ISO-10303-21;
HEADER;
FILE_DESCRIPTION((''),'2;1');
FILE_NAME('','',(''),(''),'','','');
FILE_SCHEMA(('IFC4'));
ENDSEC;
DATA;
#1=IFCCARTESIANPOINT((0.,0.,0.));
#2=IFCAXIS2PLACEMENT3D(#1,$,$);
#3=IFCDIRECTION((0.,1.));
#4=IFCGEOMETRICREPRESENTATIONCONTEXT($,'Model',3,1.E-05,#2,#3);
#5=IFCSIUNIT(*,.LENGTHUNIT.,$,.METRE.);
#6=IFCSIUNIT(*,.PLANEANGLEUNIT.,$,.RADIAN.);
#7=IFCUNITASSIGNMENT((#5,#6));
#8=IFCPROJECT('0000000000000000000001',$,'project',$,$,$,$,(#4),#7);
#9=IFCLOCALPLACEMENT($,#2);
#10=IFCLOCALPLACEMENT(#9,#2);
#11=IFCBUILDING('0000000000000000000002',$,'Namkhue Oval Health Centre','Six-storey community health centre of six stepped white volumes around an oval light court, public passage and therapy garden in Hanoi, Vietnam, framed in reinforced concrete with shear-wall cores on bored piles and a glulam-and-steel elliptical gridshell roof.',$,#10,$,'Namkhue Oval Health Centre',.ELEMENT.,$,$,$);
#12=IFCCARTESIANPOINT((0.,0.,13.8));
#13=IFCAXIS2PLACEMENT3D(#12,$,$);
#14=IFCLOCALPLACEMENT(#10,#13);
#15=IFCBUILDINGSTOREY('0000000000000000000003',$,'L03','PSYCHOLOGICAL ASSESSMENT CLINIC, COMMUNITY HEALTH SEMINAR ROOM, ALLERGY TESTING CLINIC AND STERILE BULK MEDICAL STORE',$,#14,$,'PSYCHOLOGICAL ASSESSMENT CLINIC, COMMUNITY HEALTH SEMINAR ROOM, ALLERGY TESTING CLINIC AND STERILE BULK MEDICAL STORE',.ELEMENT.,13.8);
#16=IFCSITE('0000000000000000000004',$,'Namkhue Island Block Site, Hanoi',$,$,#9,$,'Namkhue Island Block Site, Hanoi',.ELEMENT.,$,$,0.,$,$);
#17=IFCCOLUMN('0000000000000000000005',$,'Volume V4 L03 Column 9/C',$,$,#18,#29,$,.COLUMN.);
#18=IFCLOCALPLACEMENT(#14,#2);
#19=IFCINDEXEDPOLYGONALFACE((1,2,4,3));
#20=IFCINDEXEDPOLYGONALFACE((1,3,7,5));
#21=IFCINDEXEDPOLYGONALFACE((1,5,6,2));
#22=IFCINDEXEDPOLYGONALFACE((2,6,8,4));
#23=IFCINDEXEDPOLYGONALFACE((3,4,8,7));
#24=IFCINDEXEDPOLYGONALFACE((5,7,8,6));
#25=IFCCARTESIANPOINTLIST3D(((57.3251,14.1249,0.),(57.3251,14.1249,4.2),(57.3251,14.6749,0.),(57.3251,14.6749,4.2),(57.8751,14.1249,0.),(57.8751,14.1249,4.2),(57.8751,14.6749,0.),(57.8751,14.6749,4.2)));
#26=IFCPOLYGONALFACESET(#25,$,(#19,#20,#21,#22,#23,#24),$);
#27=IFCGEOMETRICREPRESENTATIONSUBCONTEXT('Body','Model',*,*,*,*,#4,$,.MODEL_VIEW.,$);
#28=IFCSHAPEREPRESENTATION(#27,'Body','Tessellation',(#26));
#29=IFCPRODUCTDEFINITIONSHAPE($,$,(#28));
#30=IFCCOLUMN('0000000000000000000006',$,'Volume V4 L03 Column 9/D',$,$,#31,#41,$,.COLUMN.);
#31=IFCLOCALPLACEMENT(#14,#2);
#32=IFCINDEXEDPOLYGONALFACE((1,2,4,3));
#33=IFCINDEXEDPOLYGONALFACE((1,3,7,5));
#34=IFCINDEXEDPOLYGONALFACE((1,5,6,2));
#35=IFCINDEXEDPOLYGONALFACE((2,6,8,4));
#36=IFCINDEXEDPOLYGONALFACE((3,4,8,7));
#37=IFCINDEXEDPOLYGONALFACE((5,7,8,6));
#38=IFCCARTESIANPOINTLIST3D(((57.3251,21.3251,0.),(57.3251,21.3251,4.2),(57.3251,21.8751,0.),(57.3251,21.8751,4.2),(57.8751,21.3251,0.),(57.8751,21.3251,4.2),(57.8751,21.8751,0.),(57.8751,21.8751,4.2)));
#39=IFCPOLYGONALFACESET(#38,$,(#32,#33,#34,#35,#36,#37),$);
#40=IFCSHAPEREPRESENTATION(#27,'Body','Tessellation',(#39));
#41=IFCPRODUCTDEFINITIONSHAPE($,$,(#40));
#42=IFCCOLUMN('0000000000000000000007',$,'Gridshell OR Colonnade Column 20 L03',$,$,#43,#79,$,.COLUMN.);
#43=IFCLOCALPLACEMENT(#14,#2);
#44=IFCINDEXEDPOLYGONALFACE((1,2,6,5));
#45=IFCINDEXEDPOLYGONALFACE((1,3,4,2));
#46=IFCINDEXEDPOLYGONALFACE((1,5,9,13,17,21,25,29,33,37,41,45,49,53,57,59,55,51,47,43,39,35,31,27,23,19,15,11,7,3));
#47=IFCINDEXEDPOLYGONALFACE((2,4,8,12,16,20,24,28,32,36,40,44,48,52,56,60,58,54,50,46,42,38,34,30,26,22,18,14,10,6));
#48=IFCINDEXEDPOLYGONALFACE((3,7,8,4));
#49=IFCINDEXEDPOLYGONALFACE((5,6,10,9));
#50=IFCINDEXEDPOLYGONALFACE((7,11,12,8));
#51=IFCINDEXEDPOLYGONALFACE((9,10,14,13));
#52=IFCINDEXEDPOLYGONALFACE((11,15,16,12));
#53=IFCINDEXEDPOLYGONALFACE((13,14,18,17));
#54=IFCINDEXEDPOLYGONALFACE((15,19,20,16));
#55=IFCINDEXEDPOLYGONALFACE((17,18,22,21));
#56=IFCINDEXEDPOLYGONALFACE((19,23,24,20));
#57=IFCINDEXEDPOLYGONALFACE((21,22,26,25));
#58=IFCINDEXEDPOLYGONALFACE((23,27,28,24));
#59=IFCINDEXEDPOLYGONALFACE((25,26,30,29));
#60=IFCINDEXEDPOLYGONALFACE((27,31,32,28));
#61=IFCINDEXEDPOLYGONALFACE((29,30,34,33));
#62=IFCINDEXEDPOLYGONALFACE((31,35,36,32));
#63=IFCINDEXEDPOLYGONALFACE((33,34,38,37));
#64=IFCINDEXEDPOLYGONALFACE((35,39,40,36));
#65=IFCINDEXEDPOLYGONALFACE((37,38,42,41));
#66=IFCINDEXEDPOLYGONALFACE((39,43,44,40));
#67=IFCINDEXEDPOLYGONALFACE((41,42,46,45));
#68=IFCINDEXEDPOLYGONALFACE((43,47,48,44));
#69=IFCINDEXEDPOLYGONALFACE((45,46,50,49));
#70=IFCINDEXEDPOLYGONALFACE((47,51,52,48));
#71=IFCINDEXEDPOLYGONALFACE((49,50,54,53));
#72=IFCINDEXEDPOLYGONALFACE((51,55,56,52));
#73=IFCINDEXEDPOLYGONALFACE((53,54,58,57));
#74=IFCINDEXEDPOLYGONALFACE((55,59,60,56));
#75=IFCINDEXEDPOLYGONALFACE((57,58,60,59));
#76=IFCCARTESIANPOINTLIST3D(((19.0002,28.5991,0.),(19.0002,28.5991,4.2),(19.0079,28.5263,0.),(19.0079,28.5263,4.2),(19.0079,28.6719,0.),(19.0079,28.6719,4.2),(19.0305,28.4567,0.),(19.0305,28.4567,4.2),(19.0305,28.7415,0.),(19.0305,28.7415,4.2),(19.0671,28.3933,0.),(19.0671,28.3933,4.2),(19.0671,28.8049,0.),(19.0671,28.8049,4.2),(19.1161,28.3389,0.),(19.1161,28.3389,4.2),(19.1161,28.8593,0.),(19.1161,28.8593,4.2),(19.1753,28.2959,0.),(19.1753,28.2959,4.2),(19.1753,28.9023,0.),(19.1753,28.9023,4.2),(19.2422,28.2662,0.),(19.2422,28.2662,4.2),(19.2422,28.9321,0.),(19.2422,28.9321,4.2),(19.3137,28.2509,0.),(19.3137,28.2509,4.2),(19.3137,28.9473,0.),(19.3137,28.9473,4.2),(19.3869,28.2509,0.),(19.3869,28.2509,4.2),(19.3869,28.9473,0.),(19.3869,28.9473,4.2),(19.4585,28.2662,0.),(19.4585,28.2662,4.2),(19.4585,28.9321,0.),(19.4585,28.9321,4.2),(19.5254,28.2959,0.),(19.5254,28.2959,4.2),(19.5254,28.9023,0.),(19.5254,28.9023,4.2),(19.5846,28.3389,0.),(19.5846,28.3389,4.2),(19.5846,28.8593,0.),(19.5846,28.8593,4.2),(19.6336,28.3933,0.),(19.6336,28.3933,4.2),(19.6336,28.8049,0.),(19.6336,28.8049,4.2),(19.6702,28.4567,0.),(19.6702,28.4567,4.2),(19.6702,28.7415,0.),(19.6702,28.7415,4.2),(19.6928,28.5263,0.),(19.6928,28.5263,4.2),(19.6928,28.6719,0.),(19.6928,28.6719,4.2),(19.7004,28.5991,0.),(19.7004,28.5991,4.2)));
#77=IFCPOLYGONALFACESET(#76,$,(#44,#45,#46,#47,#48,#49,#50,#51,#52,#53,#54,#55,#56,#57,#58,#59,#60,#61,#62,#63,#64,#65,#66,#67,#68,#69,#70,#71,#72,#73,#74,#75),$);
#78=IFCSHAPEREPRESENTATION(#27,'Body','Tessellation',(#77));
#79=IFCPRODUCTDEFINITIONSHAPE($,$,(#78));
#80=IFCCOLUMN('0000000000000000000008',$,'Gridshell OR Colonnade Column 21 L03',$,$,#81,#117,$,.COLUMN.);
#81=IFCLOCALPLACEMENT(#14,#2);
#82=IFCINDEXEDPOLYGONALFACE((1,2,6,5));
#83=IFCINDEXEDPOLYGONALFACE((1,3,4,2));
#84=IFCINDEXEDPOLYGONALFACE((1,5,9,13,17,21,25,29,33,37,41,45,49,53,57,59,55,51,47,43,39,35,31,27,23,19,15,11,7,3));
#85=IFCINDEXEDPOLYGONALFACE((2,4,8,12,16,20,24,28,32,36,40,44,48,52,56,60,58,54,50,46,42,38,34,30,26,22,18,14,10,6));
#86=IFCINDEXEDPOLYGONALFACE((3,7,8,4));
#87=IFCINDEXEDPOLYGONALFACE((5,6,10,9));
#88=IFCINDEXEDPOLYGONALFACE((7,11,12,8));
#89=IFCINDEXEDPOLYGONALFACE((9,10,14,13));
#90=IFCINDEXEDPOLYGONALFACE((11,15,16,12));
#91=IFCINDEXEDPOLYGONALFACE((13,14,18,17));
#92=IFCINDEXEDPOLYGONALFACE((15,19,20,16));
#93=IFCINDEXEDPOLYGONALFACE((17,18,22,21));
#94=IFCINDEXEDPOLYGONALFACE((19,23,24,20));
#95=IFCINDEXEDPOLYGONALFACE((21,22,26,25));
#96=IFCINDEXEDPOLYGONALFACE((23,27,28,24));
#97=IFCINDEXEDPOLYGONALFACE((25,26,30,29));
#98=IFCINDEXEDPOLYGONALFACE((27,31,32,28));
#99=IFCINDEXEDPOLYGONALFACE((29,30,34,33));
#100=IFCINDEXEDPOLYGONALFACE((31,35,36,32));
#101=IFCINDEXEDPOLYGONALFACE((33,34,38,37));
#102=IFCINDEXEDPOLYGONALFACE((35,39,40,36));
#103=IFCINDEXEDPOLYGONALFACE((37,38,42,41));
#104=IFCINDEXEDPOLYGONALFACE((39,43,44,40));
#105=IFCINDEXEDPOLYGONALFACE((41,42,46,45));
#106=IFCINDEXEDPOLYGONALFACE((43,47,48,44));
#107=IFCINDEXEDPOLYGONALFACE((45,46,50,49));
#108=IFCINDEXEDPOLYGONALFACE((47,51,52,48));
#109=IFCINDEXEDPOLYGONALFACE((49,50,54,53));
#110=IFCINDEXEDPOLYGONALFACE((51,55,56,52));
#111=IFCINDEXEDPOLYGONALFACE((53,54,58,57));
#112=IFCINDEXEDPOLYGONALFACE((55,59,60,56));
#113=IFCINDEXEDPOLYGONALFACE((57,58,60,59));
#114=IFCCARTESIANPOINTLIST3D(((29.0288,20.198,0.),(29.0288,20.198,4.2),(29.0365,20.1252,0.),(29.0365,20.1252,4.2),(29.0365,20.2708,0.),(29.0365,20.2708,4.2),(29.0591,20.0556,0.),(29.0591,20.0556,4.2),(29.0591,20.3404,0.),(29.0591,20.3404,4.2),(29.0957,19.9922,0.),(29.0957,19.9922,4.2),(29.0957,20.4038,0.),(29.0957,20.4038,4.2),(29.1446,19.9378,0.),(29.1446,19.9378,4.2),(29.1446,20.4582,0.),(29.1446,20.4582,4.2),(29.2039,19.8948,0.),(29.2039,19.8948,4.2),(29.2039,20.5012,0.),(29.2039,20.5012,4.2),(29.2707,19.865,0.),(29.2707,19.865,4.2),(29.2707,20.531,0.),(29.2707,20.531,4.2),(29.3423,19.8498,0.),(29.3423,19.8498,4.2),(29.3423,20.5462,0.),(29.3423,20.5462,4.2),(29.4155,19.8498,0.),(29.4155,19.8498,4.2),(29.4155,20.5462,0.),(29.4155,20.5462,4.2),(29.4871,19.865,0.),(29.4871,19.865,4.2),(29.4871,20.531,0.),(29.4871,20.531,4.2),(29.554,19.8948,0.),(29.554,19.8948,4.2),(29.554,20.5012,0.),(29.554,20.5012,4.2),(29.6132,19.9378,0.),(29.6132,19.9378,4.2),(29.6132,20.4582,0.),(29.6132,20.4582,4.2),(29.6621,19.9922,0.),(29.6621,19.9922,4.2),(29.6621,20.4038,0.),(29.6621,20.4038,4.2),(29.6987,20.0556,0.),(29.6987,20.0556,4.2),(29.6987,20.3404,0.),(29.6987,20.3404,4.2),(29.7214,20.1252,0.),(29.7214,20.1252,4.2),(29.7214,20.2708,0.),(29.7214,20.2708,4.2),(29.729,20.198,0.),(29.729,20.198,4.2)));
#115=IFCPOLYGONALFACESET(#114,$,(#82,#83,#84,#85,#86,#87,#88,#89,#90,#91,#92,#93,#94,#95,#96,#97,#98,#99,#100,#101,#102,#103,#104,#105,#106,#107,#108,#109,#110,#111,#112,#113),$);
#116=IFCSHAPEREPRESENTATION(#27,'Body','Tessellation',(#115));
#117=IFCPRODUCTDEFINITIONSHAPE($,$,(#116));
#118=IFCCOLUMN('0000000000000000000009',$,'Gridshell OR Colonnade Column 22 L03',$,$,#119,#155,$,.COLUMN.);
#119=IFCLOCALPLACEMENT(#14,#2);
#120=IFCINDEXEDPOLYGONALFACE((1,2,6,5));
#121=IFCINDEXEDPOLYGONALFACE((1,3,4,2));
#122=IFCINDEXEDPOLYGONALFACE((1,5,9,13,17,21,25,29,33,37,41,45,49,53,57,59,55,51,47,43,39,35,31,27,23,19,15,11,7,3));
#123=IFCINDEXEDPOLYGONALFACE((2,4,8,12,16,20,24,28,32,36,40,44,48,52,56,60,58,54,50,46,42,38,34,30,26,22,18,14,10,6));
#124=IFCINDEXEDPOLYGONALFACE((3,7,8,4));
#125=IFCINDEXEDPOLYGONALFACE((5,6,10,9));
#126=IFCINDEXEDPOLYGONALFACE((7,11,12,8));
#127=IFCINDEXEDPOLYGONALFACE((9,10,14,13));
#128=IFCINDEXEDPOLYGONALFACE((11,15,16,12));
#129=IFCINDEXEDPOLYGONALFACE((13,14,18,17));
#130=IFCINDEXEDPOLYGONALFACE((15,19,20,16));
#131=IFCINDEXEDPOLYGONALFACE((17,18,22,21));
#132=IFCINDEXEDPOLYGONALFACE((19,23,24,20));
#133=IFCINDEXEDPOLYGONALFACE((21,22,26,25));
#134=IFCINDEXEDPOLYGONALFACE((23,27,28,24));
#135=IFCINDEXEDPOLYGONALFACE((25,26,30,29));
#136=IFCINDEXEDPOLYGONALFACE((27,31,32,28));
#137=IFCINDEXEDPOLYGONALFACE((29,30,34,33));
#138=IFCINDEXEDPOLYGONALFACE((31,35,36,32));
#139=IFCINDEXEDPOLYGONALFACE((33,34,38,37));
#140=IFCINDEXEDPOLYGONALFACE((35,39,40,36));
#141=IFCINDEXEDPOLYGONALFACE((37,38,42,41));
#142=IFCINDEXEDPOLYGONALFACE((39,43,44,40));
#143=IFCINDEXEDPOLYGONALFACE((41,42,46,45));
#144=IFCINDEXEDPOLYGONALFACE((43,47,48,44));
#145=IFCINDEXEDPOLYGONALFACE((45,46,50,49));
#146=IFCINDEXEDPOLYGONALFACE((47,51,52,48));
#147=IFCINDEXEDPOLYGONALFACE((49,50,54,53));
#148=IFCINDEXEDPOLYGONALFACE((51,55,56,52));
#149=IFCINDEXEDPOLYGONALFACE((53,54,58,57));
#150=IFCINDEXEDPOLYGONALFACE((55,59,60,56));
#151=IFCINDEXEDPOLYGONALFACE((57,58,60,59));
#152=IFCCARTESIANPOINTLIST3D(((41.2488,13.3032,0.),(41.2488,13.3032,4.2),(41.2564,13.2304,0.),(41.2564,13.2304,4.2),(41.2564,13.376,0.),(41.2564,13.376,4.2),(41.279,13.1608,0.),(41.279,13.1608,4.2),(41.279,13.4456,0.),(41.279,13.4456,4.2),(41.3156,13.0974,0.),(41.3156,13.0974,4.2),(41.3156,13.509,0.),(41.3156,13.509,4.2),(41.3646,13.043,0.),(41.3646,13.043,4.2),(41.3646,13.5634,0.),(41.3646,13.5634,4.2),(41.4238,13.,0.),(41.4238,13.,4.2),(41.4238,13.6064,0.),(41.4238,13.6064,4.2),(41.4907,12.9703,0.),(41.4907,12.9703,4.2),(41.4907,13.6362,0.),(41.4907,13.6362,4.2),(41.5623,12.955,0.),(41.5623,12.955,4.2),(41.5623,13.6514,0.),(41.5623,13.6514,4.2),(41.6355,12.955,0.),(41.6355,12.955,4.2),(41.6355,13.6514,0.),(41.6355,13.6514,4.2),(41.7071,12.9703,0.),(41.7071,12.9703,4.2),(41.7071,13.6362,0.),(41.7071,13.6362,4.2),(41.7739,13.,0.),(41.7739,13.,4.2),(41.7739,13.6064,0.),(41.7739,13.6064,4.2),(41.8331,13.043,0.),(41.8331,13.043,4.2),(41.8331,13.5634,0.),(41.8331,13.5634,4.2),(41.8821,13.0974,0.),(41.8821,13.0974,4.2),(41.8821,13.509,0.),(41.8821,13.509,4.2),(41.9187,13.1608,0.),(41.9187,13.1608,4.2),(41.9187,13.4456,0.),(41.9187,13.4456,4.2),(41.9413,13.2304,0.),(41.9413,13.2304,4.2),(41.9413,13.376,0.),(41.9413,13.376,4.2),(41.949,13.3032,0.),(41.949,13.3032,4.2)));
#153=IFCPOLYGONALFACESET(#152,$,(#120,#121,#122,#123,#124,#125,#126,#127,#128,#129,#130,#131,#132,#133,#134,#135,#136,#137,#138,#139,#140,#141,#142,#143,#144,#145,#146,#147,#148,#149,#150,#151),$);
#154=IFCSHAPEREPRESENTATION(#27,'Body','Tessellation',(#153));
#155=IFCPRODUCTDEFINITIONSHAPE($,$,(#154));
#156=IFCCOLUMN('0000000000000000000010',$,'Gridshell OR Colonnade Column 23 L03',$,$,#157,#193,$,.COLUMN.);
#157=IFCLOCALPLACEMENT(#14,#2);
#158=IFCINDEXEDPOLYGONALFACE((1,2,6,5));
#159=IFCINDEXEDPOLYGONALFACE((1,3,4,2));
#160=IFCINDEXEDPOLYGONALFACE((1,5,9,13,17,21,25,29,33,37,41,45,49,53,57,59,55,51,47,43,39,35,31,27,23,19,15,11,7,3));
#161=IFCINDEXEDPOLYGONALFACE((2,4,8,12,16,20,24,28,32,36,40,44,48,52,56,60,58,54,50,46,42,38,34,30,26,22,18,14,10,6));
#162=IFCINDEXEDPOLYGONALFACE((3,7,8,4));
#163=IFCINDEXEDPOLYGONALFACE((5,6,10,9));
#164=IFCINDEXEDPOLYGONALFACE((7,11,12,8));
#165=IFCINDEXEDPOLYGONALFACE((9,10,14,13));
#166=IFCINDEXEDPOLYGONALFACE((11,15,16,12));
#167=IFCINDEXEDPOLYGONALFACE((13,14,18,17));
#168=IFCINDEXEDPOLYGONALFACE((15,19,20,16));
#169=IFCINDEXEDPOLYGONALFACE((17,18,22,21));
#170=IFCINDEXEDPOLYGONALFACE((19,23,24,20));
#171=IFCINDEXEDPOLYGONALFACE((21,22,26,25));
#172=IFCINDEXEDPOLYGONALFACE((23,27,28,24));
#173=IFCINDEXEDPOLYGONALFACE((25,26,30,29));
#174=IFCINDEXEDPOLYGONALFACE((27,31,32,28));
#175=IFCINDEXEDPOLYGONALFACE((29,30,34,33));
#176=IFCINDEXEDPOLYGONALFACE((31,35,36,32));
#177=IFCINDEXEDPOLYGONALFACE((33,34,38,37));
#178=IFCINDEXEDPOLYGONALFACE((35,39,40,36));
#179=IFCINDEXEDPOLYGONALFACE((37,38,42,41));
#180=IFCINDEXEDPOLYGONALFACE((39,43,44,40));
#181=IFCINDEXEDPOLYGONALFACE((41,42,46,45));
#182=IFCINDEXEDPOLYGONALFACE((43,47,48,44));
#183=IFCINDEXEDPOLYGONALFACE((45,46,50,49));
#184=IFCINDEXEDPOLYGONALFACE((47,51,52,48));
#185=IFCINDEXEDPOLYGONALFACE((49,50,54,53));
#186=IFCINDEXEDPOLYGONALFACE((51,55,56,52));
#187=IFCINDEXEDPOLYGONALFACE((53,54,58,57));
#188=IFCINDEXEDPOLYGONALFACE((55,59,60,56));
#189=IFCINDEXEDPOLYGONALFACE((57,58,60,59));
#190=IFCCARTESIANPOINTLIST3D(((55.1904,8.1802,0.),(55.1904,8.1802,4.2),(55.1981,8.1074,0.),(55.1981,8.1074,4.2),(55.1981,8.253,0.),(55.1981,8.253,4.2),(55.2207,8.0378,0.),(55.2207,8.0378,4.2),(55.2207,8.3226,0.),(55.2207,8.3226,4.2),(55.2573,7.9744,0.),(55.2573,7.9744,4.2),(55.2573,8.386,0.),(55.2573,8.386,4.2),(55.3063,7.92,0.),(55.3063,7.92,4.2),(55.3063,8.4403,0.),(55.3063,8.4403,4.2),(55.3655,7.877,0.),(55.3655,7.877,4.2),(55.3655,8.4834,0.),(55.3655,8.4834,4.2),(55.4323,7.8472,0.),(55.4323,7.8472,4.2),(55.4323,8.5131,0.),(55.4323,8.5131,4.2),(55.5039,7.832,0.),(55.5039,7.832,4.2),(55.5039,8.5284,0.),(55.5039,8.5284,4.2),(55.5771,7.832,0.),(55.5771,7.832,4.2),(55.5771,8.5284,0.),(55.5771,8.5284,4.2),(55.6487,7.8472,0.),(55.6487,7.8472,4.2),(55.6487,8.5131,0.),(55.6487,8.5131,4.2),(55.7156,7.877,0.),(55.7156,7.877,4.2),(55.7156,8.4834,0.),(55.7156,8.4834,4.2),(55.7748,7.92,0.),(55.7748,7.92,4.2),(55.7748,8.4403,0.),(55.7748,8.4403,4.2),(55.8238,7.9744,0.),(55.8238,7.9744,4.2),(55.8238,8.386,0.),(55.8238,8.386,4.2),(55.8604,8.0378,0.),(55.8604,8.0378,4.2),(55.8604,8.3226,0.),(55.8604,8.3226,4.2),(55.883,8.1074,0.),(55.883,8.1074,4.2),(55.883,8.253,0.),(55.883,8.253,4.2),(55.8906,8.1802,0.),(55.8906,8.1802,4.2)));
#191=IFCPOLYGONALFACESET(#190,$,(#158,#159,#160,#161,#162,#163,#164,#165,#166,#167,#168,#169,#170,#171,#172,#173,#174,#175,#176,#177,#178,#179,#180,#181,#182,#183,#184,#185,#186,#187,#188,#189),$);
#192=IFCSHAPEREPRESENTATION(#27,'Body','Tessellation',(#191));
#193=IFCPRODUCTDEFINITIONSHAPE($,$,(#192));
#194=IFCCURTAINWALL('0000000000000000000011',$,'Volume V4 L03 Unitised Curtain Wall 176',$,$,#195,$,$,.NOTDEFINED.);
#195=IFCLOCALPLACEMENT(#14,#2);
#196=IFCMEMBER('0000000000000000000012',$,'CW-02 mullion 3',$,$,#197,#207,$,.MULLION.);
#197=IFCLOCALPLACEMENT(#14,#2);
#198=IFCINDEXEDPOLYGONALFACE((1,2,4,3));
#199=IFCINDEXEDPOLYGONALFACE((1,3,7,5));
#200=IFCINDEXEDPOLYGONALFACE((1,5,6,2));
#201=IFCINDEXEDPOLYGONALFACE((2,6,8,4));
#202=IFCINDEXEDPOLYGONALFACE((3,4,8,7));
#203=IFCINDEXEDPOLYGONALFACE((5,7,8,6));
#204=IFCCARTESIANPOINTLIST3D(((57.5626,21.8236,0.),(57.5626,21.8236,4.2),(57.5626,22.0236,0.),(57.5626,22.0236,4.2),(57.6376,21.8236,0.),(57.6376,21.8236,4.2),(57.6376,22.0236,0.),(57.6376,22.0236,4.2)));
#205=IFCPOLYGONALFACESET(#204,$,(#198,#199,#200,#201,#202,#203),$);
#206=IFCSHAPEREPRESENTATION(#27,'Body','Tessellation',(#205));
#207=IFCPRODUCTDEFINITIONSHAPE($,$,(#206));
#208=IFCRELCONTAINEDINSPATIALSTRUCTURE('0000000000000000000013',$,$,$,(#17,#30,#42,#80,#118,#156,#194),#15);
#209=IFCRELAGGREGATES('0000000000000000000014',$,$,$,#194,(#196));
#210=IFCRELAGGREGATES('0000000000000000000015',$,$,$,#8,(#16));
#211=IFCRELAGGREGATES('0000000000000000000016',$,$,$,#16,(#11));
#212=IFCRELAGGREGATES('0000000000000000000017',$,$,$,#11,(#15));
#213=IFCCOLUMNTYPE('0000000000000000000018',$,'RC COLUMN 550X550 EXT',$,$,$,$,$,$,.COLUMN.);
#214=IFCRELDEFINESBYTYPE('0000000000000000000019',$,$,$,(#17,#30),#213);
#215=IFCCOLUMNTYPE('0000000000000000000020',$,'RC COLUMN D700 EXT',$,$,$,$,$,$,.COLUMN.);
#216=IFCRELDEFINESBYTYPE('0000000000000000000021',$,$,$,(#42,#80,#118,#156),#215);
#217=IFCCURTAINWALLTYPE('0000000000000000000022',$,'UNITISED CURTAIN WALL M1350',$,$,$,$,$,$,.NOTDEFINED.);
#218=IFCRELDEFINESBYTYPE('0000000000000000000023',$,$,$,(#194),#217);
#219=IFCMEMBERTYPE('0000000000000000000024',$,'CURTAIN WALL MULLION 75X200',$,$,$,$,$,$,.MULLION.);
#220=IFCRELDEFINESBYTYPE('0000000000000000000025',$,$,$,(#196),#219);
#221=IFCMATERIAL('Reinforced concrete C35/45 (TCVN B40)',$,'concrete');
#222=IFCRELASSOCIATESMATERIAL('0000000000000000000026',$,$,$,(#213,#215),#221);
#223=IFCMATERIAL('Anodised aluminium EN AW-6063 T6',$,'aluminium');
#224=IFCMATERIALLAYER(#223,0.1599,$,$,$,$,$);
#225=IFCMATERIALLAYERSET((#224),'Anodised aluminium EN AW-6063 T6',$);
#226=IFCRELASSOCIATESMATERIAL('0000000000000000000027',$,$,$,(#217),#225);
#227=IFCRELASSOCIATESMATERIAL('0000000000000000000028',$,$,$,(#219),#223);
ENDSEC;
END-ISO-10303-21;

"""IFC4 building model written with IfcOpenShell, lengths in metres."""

from ifc_helpers import new_model, si_unit, direction, frame, origin, origin_2d, place, context, subcontext, project, spatial, rectangle, circle, extrude, material, layer, layer_set, material_profile, profile_set, type_object, element, aggregate, save


model = new_model("IFC4")

# Units and contexts
model_context = context("Model", 3, precision=1e-05, world=origin(), true_north=direction((0.0, 1.0)))
body_context = subcontext(model_context, "Body", "Model", "MODEL_VIEW")
ifc_project = project(units=[si_unit("LENGTHUNIT", "METRE"), si_unit("PLANEANGLEUNIT", "RADIAN")], contexts=[model_context])

# Site, building, storey
site_placement = place(None, origin())
site = spatial("IfcSite", under=ifc_project, at=site_placement, Name="Namkhue Island Block Site, Hanoi", LongName="Namkhue Island Block Site, Hanoi", CompositionType="ELEMENT", RefElevation=0.0)
building_placement = place(site_placement, origin())
building = spatial("IfcBuilding", under=site, at=building_placement, Name="Namkhue Oval Health Centre", Description="Six-storey community health centre of six stepped white volumes around an oval light court, public passage and therapy garden in Hanoi, Vietnam, framed in reinforced concrete with shear-wall cores on bored piles and a glulam-and-steel elliptical gridshell roof.", LongName="Namkhue Oval Health Centre", CompositionType="ELEMENT")
storey_placement = place(building_placement, frame((0.0, 0.0, 13.8)))
storey = spatial("IfcBuildingStorey", under=building, at=storey_placement, Name="L03", Description="PSYCHOLOGICAL ASSESSMENT CLINIC, COMMUNITY HEALTH SEMINAR ROOM, ALLERGY TESTING CLINIC AND STERILE BULK MEDICAL STORE", LongName="PSYCHOLOGICAL ASSESSMENT CLINIC, COMMUNITY HEALTH SEMINAR ROOM, ALLERGY TESTING CLINIC AND STERILE BULK MEDICAL STORE", CompositionType="ELEMENT", Elevation=13.8)

# Columns
ifc_material_1 = material(Name="Reinforced concrete C35/45 (TCVN B40)", Category="concrete")
ifc_material_profile_1 = material_profile(ifc_material_1, rectangle(XDim=0.55, YDim=0.55, at=origin_2d()), Name="RC 550x550")
ifc_profile_set_1 = profile_set([ifc_material_profile_1], Name="Reinforced concrete C35/45 (TCVN B40)")
column_type_1 = type_object("IfcColumnType", Name="RC COLUMN 550X550 EXT", PredefinedType="COLUMN", material=ifc_profile_set_1)
for number, where, z_axis, x_axis, name in (
    (1, (57.6001, 14.3999, 0.0), (0.0, 0.0, 1.0), (1.0, 0.0, 0.0), "Volume V4 L03 Column 9/C"),
    (2, (57.6001, 21.6001, 0.0), (0.0, 0.0, 1.0), (1.0, 0.0, 0.0), "Volume V4 L03 Column 9/D"),
):
    element("IfcColumn", number, at=place(storey_placement, frame(where, z_axis=z_axis, x_axis=x_axis)), inside=storey, type_object=column_type_1, Name=name, PredefinedType="COLUMN", context=body_context, shape_type="SweptSolid", body=[
        extrude(rectangle(XDim=0.55, YDim=0.55, at=origin_2d()), origin(), (0.0, 0.0, 1.0), 4.2),
    ])
ifc_material_profile_2 = material_profile(ifc_material_1, circle(Radius=0.3501, at=origin_2d()), Name="RC D700")
ifc_profile_set_2 = profile_set([ifc_material_profile_2], Name="Reinforced concrete C35/45 (TCVN B40)")
column_type_2 = type_object("IfcColumnType", Name="RC COLUMN D700 EXT", PredefinedType="COLUMN", material=ifc_profile_set_2)
for number, where, z_axis, x_axis, name in (
    (3, (19.3503, 28.5991, 0.0), (0.0, 0.0, 1.0), (1.0, 0.0, 0.0), "Gridshell OR Colonnade Column 20 L03"),
    (4, (29.3789, 20.198, 0.0), (0.0, 0.0, 1.0), (1.0, 0.0, 0.0), "Gridshell OR Colonnade Column 21 L03"),
    (5, (41.5989, 13.3032, 0.0), (0.0, 0.0, 1.0), (1.0, 0.0, 0.0), "Gridshell OR Colonnade Column 22 L03"),
    (6, (55.5405, 8.1802, 0.0), (0.0, 0.0, 1.0), (1.0, 0.0, 0.0), "Gridshell OR Colonnade Column 23 L03"),
):
    element("IfcColumn", number, at=place(storey_placement, frame(where, z_axis=z_axis, x_axis=x_axis)), inside=storey, type_object=column_type_2, Name=name, PredefinedType="COLUMN", context=body_context, shape_type="SweptSolid", body=[
        extrude(circle(Radius=0.3501, at=origin_2d()), origin(), (0.0, 0.0, 1.0), 4.2),
    ])

# Curtain wall, member
ifc_material_2 = material(Name="Anodised aluminium EN AW-6063 T6", Category="aluminium")
ifc_layer_1 = layer(ifc_material_2, 0.1599)
ifc_layer_set_1 = layer_set([ifc_layer_1], Name="Anodised aluminium EN AW-6063 T6")
curtain_wall_type = type_object("IfcCurtainWallType", Name="UNITISED CURTAIN WALL M1350", PredefinedType="NOTDEFINED", material=ifc_layer_set_1)
curtain_wall_placement = place(storey_placement, origin())
curtain_wall = element("IfcCurtainWall", 7, at=curtain_wall_placement, inside=storey, type_object=curtain_wall_type, Name="Volume V4 L03 Unitised Curtain Wall 176", PredefinedType="NOTDEFINED")
ifc_material_profile_3 = material_profile(ifc_material_2, rectangle(XDim=0.075, YDim=0.2, at=origin_2d()), Name="ALU 75x200")
ifc_profile_set_3 = profile_set([ifc_material_profile_3], Name="Anodised aluminium EN AW-6063 T6")
member_type = type_object("IfcMemberType", Name="CURTAIN WALL MULLION 75X200", PredefinedType="MULLION", material=ifc_profile_set_3)
member_placement = place(storey_placement, frame((57.6001, 21.9236, 0.0), z_axis=(0.0, 0.0, 1.0), x_axis=(1.0, 0.0, 0.0)))
member = element("IfcMember", 8, at=member_placement, type_object=member_type, Name="CW-02 mullion 3", PredefinedType="MULLION", context=body_context, shape_type="SweptSolid", body=[
    extrude(rectangle(XDim=0.075, YDim=0.2, at=origin_2d()), origin(), (0.0, 0.0, 1.0), 4.2),
])

aggregate(curtain_wall, [member])

save(model, "model.ifc")
